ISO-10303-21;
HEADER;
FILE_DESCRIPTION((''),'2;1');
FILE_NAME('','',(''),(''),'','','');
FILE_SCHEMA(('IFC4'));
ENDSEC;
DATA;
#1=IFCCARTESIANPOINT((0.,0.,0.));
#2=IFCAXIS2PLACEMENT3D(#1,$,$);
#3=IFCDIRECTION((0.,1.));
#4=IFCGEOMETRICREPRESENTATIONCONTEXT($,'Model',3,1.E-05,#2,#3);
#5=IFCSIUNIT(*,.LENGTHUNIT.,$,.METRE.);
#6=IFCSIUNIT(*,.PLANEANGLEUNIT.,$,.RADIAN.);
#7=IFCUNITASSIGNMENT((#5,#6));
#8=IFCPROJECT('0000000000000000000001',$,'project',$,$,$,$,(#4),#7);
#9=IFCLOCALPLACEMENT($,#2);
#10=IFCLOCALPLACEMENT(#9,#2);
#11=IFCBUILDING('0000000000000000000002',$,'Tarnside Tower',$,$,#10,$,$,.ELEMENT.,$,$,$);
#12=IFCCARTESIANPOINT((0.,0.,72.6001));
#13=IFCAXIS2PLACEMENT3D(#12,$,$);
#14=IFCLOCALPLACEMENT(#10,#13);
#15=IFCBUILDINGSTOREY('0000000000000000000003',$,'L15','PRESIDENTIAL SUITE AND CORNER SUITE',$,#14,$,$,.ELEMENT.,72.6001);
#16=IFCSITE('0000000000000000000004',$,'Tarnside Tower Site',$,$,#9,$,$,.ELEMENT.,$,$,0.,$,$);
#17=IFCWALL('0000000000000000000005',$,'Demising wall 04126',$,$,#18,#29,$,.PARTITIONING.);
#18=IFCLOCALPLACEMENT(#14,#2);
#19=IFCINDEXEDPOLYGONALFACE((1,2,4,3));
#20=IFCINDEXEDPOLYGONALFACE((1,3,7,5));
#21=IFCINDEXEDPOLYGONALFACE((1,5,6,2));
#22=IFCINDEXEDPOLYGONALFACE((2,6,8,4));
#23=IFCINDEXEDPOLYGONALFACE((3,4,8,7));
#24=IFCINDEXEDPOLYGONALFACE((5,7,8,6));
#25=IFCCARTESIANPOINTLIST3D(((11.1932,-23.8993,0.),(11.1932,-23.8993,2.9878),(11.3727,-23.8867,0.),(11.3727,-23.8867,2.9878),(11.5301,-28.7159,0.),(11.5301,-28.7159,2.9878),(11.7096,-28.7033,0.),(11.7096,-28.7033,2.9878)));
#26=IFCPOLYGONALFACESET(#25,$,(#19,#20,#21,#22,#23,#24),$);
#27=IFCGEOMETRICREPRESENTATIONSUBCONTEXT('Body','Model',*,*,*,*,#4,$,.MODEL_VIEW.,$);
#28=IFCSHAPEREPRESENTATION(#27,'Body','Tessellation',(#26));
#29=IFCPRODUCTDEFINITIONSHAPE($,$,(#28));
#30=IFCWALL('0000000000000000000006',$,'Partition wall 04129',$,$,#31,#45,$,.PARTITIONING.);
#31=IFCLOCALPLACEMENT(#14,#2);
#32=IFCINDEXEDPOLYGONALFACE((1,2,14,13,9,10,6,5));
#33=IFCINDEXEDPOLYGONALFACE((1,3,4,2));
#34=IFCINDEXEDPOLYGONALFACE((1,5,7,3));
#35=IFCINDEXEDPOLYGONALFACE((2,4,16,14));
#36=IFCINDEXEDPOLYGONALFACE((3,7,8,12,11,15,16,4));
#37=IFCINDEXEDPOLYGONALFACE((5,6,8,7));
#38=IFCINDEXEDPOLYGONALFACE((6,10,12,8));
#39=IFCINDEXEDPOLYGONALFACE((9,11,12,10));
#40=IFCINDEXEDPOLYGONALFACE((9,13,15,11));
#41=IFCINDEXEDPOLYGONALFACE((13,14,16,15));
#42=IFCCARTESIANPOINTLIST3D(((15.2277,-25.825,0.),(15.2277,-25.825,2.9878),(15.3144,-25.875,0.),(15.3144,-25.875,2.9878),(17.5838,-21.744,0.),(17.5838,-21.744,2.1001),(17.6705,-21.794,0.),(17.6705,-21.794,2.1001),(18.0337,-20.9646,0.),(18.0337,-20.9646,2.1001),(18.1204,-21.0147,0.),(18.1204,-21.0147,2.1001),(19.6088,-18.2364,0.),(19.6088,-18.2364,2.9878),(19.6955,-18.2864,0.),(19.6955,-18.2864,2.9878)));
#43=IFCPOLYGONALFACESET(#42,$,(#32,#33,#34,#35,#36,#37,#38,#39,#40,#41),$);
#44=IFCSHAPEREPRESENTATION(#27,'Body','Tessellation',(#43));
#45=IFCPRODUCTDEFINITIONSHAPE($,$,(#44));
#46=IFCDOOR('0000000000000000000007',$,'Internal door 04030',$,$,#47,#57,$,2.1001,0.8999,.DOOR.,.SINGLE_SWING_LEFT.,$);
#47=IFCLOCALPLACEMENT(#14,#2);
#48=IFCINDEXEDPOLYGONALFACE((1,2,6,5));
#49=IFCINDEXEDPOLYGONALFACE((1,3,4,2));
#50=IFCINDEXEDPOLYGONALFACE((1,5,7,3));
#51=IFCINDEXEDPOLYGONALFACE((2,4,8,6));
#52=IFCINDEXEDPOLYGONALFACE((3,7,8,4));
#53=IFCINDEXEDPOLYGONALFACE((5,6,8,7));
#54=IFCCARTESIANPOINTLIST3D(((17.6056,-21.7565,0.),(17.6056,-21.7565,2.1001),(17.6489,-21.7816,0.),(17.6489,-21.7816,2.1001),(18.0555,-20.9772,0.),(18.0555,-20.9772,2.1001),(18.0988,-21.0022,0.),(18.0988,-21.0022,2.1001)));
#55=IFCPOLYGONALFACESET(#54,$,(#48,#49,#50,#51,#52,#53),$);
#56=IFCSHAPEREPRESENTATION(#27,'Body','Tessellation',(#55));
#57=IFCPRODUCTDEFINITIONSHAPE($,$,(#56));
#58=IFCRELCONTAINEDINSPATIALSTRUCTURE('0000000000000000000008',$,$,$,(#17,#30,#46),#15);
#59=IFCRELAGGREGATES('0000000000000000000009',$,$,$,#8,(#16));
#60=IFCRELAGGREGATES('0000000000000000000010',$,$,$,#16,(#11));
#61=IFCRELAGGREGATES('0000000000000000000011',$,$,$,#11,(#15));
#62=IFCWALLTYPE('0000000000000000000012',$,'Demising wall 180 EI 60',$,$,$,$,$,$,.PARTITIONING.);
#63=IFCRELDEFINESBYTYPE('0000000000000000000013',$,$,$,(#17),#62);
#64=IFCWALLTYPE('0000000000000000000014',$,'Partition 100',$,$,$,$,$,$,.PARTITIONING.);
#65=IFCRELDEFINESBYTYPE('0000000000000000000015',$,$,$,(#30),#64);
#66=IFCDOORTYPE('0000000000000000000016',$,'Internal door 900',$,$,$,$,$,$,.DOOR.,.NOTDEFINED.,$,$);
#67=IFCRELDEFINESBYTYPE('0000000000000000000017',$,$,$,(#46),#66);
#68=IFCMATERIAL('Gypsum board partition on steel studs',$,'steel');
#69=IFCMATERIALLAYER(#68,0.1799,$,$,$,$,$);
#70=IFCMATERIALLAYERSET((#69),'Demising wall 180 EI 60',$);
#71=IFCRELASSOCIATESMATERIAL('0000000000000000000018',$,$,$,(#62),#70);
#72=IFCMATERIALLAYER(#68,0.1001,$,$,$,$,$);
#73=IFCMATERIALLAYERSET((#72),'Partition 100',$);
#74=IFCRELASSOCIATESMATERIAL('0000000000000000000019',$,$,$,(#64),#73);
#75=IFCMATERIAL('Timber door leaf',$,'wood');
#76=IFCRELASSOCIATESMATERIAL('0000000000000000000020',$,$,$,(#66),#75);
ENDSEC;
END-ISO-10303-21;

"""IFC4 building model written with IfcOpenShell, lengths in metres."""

from ifc_helpers import new_model, si_unit, direction, frame, frame_2d, origin, place, context, subcontext, project, spatial, rectangle, extrude, material, layer, layer_set, type_object, element, fill, save


model = new_model("IFC4")

# Units and contexts
model_context = context("Model", 3, precision=1e-05, world=origin(), true_north=direction((0.0, 1.0)))
body_context = subcontext(model_context, "Body", "Model", "MODEL_VIEW")
ifc_project = project(units=[si_unit("LENGTHUNIT", "METRE"), si_unit("PLANEANGLEUNIT", "RADIAN")], contexts=[model_context])

# Site, building, storey
site_placement = place(None, origin())
site = spatial("IfcSite", under=ifc_project, at=site_placement, Name="Tarnside Tower Site", CompositionType="ELEMENT", RefElevation=0.0)
building_placement = place(site_placement, origin())
building = spatial("IfcBuilding", under=site, at=building_placement, Name="Tarnside Tower", CompositionType="ELEMENT")
storey_placement = place(building_placement, frame((0.0, 0.0, 72.6001)))
storey = spatial("IfcBuildingStorey", under=building, at=storey_placement, Name="L15", Description="PRESIDENTIAL SUITE AND CORNER SUITE", CompositionType="ELEMENT", Elevation=72.6001)

# Shared definitions
ifc_material_1 = material(Name="Gypsum board partition on steel studs", Category="steel")
ifc_material_2 = material(Name="Timber door leaf", Category="wood")

# Wall
ifc_layer_1 = layer(ifc_material_1, 0.1799)
ifc_layer_set_1 = layer_set([ifc_layer_1], Name="Demising wall 180 EI 60")
wall_type_1 = type_object("IfcWallType", Name="Demising wall 180 EI 60", PredefinedType="PARTITIONING", material=ifc_layer_set_1)
wall_1_placement = place(storey_placement, frame((11.6199, -28.7095, 0.0), z_axis=(0.0, 0.0, 1.0), x_axis=(-0.069777, 0.997563, 0.0)))
element("IfcWall", 1, at=wall_1_placement, inside=storey, type_object=wall_type_1, Name="Demising wall 04126", PredefinedType="PARTITIONING", context=body_context, shape_type="SweptSolid", body=[
    extrude(rectangle(XDim=4.8284, YDim=0.1799, at=frame_2d((2.4141, 0.0))), origin(), (0.0, 0.0, 1.0), 2.9878),
])

# Wall, opening, door
ifc_layer_2 = layer(ifc_material_1, 0.1001)
ifc_layer_set_2 = layer_set([ifc_layer_2], Name="Partition 100")
wall_type_2 = type_object("IfcWallType", Name="Partition 100", PredefinedType="PARTITIONING", material=ifc_layer_set_2)
wall_2_placement = place(storey_placement, frame((15.271, -25.8501, 0.0), z_axis=(0.0, 0.0, 1.0), x_axis=(0.499984, 0.866035, 0.0)))
wall_2 = element("IfcWall", 2, at=wall_2_placement, inside=storey, type_object=wall_type_2, Name="Partition wall 04129", PredefinedType="PARTITIONING", context=body_context, shape_type="SweptSolid", body=[
    extrude(rectangle(XDim=8.7625, YDim=0.1001, at=frame_2d((4.3813, 0.0))), origin(), (0.0, 0.0, 1.0), 2.9878),
])
opening_1_placement = place(wall_2_placement, frame((4.7124, 0.0, 0.0)))
opening_1 = element("IfcOpeningElement", 3, at=opening_1_placement, cuts=wall_2, PredefinedType="OPENING", context=body_context, shape_type="SweptSolid", body=[
    extrude(rectangle(XDim=0.8999, YDim=2.1001, at=frame_2d((0.45, 1.05))), frame((0.0, 0.0601, 0.0), z_axis=(0.0, -1.0, 0.0), x_axis=(1.0, 0.0, 0.0)), (0.0, 0.0, 1.0), 0.1201),
])
door_type_1 = type_object("IfcDoorType", Name="Internal door 900", OperationType="NOTDEFINED", PredefinedType="DOOR", material=ifc_material_2)
door_1_placement = place(opening_1_placement, origin())
door_1 = element("IfcDoor", 4, at=door_1_placement, inside=storey, type_object=door_type_1, Name="Internal door 04030", OperationType="SINGLE_SWING_LEFT", OverallHeight=2.1001, OverallWidth=0.8999, PredefinedType="DOOR", context=body_context, shape_type="SweptSolid", body=[
    extrude(rectangle(XDim=0.8999, YDim=2.1001, at=frame_2d((0.45, 1.05))), frame((0.0, 0.0249, 0.0), z_axis=(0.0, -1.0, 0.0), x_axis=(1.0, 0.0, 0.0)), (0.0, 0.0, 1.0), 0.05),
])
fill(opening_1, door_1)

save(model, "model.ifc")
